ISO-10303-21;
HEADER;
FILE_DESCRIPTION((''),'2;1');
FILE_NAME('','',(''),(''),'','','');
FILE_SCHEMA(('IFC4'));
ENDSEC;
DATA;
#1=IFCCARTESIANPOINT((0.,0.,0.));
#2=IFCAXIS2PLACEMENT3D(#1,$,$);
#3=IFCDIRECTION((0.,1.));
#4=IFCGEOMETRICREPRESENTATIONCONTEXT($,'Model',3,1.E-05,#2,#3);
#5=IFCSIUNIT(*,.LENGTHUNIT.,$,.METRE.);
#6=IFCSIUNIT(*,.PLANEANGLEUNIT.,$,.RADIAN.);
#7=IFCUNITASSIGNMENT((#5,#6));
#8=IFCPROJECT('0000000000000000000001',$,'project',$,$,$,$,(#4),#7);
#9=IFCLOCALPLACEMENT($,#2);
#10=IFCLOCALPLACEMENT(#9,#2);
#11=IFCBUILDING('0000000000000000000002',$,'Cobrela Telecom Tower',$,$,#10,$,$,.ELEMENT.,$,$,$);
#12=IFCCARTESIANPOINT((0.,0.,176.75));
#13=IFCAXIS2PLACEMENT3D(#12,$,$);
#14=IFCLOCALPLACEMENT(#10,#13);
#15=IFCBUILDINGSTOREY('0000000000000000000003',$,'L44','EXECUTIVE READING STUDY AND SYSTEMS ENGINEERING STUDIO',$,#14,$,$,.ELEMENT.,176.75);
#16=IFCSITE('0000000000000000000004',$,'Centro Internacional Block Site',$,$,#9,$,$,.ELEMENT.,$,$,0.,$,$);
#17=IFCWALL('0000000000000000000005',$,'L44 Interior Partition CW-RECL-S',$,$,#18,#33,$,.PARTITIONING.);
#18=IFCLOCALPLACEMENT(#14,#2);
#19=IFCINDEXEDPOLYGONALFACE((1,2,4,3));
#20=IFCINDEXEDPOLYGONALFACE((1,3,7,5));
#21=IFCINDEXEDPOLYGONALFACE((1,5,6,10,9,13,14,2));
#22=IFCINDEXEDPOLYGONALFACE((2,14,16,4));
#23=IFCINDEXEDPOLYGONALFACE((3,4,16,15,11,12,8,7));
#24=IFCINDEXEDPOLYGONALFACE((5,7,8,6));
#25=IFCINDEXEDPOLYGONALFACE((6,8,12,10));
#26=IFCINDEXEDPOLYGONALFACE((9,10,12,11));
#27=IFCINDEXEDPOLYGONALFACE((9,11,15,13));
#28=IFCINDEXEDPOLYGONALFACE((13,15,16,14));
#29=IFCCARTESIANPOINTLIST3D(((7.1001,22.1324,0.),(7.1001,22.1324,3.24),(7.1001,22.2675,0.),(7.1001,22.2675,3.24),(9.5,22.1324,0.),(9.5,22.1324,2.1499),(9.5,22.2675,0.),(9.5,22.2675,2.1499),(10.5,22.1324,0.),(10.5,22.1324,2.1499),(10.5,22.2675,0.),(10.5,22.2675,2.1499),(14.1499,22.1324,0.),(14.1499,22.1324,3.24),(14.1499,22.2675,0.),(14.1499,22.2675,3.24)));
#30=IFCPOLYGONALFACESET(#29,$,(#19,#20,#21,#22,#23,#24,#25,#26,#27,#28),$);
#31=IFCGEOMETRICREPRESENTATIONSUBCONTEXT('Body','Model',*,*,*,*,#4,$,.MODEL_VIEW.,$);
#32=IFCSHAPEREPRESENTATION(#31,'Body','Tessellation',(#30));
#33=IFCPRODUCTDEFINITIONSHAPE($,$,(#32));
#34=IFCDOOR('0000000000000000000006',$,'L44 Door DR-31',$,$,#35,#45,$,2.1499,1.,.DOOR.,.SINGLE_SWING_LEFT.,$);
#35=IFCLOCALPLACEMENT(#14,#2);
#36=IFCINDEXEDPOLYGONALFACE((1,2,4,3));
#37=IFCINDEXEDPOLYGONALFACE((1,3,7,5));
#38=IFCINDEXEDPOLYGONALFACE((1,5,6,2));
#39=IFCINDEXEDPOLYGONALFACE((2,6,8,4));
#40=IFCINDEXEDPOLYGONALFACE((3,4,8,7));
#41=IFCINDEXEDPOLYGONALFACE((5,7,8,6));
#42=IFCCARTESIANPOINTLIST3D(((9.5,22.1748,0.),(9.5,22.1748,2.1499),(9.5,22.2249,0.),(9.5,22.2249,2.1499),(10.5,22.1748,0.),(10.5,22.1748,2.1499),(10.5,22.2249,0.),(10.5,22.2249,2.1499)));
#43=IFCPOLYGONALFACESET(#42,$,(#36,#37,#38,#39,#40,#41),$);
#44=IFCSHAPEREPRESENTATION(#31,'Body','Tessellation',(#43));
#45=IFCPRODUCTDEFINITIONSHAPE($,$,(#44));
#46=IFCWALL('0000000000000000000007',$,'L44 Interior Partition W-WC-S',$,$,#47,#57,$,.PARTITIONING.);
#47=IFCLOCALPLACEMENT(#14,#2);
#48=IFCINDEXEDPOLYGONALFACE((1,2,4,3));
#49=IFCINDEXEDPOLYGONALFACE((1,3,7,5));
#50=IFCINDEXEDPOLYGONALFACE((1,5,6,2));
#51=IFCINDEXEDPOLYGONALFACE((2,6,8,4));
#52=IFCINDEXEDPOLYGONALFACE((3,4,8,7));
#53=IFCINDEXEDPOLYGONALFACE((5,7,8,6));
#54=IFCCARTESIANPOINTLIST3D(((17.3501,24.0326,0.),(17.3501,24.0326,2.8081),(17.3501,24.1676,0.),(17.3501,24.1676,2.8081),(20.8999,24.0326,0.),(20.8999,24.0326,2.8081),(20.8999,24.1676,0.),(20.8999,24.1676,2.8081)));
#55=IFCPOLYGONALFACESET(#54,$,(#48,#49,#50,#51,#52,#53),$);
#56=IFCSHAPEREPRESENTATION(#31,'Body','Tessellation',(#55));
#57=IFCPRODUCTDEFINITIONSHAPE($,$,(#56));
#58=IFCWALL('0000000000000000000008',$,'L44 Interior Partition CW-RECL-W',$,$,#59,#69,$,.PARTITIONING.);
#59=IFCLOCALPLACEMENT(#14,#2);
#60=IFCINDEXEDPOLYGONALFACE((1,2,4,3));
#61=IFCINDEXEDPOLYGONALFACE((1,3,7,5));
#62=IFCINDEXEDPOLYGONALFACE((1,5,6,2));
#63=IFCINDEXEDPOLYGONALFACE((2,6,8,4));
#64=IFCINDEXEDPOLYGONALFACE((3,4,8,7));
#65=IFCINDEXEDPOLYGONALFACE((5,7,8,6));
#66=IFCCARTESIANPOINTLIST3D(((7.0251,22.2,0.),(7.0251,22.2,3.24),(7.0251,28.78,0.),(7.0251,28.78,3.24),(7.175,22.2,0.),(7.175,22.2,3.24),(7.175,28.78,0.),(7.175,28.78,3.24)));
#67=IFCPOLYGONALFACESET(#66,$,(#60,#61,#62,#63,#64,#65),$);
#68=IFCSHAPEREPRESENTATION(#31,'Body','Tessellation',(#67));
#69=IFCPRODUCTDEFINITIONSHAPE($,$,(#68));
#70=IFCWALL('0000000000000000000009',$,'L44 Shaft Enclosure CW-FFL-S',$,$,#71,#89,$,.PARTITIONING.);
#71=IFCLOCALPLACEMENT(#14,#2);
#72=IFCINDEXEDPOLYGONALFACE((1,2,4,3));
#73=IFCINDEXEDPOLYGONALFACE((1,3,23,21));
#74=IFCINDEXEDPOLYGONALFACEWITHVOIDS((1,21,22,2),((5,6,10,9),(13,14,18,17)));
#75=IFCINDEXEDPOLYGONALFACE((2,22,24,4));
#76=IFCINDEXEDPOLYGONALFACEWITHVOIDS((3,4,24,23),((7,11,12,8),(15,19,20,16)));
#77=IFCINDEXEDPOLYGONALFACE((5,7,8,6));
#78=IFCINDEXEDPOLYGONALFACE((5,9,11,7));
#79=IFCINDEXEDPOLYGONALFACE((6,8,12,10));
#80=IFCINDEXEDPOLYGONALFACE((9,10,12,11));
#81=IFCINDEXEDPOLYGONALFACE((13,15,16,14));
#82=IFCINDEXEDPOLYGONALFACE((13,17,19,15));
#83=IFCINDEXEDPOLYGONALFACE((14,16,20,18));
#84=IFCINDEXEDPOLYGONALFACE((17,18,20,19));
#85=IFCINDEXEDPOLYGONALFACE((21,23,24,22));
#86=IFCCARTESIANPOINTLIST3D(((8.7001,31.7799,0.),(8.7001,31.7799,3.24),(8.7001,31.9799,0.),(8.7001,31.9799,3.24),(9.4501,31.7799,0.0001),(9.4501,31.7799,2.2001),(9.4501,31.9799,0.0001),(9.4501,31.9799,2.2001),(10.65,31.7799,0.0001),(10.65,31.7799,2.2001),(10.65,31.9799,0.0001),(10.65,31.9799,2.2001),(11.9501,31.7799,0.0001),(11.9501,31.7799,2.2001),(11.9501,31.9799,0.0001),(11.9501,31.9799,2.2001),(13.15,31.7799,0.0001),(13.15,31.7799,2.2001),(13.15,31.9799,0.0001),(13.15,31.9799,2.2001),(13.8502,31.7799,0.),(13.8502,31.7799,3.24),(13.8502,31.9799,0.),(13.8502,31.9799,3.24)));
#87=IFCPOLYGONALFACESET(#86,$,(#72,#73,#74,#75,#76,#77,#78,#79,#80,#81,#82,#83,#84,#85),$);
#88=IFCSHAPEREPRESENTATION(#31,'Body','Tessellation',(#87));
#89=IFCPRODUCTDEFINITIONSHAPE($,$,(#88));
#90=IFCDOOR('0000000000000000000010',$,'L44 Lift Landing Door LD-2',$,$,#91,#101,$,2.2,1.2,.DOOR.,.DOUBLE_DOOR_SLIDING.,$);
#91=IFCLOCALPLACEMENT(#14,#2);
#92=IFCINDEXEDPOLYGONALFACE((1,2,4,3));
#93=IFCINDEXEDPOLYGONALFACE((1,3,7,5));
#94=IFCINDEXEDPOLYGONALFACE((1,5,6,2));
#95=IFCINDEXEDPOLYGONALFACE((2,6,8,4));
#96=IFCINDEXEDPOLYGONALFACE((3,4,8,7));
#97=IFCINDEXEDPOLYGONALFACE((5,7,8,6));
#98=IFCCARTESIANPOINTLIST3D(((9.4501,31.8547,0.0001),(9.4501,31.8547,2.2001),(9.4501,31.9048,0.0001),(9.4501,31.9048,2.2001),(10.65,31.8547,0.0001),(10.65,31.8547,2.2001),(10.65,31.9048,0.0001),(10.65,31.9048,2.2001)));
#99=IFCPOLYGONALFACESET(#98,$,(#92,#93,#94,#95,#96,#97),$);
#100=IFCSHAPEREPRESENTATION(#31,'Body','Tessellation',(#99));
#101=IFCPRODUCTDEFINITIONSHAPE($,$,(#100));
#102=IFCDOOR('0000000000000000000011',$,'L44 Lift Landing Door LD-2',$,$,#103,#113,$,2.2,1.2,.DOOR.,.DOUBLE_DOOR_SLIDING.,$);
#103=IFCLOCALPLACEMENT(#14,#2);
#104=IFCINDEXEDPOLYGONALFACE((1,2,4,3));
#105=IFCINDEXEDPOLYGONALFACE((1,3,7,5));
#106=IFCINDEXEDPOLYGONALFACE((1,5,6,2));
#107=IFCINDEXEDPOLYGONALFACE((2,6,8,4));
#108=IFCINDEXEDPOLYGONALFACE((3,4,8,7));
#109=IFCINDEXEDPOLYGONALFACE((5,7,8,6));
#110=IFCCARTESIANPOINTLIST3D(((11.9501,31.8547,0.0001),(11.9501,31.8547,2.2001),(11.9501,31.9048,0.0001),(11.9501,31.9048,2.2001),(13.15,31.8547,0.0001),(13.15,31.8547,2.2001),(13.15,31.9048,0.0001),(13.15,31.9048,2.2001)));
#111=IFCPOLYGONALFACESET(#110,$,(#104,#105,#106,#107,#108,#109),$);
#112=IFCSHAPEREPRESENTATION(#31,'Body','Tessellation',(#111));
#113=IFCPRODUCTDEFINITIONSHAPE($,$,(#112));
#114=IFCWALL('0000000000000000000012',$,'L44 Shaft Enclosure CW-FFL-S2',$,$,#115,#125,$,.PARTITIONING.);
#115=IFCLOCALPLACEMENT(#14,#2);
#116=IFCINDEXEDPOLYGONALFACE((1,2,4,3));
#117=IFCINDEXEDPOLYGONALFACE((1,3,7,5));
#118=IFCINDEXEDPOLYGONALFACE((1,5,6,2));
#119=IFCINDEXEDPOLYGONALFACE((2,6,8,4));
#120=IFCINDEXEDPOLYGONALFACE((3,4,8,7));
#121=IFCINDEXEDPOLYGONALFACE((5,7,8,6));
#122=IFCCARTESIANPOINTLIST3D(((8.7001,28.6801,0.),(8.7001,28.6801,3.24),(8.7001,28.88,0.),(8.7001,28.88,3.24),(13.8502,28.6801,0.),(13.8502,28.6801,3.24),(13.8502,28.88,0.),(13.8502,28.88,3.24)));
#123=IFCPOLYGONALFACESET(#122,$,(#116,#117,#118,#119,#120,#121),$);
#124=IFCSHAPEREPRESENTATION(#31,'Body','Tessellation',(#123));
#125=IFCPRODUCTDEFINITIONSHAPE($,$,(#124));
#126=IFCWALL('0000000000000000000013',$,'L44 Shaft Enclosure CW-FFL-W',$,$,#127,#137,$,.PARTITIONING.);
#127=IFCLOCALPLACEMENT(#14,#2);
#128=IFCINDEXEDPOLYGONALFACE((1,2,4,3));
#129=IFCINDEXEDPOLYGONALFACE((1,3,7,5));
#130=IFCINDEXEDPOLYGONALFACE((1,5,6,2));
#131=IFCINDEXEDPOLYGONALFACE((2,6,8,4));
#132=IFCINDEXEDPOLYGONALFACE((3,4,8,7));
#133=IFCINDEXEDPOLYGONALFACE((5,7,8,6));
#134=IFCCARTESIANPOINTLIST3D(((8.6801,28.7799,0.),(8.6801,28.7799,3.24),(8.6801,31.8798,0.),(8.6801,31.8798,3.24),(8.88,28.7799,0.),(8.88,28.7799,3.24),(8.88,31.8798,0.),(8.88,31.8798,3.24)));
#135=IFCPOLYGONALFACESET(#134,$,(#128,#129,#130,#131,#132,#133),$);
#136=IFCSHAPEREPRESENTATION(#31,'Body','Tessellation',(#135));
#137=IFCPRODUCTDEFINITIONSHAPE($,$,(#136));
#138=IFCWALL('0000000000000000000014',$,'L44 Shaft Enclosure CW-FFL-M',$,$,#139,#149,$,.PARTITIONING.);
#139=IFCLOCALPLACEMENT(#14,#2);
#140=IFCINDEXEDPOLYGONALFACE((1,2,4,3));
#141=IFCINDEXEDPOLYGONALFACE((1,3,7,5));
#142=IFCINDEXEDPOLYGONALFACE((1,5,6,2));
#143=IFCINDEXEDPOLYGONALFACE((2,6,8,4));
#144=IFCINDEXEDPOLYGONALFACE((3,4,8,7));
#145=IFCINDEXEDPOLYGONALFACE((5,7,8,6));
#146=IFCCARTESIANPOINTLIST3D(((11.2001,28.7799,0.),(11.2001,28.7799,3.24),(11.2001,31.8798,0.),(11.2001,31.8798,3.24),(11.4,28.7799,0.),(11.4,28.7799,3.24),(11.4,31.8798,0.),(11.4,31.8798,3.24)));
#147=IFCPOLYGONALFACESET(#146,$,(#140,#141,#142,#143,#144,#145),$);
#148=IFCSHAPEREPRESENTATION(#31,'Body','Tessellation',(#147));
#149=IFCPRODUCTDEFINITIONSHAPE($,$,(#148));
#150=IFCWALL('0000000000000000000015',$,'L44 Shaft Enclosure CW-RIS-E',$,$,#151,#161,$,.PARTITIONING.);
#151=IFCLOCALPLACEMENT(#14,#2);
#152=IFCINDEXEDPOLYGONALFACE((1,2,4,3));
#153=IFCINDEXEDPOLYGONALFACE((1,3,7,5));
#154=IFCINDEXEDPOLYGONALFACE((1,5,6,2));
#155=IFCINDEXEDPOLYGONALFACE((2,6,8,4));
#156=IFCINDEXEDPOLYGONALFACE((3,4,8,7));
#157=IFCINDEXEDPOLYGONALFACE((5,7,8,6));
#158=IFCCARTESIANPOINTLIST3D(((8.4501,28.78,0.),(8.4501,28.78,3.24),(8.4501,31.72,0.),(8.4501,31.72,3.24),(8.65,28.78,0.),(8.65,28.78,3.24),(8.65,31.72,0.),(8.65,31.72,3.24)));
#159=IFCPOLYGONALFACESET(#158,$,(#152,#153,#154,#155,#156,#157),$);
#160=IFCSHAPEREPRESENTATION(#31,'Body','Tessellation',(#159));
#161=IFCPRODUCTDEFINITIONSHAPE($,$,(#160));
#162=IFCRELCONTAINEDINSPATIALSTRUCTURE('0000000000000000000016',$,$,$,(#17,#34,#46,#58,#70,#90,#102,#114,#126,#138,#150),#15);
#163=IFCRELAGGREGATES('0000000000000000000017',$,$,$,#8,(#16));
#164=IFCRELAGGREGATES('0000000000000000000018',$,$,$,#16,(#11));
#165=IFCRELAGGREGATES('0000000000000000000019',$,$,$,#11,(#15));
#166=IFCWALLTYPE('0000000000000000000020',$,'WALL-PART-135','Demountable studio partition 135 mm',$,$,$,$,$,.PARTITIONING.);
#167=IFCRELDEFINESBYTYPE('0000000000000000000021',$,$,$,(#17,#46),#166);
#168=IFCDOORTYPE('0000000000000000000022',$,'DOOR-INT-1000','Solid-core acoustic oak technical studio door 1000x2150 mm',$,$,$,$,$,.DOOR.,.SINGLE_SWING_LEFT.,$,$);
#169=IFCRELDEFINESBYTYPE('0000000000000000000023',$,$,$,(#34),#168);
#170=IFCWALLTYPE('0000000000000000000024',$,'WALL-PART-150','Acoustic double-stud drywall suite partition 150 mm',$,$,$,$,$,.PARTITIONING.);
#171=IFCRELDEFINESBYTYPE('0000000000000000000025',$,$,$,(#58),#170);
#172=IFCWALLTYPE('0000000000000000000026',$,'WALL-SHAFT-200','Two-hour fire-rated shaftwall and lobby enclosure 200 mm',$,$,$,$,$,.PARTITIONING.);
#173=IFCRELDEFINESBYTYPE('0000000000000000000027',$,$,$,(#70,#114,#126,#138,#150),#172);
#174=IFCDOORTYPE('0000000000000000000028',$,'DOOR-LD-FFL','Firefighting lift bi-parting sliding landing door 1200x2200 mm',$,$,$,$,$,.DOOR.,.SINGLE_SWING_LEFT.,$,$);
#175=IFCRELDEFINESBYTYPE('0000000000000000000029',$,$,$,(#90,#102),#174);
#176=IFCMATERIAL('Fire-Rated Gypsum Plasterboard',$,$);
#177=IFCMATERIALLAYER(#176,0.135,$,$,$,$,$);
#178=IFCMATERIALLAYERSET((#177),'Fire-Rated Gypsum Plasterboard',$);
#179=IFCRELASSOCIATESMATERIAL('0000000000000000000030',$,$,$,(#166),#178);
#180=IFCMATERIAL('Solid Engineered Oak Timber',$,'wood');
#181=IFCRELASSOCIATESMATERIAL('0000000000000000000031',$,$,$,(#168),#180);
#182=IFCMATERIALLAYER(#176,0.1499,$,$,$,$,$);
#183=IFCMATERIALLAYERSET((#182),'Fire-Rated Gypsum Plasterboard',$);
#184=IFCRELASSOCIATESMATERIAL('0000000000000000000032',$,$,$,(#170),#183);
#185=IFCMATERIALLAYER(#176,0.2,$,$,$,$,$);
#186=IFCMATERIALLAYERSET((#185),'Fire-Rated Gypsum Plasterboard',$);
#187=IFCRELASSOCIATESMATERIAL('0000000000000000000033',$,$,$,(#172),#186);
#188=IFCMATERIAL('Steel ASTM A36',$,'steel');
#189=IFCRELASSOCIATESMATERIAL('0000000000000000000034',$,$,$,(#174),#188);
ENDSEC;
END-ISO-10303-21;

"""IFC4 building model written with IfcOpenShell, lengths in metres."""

from ifc_helpers import new_model, si_unit, direction, frame, frame_2d, origin, place, context, subcontext, project, spatial, rectangle, extrude, material, layer, layer_set, type_object, element, fill, save


model = new_model("IFC4")

# Units and contexts
model_context = context("Model", 3, precision=1e-05, world=origin(), true_north=direction((0.0, 1.0)))
body_context = subcontext(model_context, "Body", "Model", "MODEL_VIEW")
ifc_project = project(units=[si_unit("LENGTHUNIT", "METRE"), si_unit("PLANEANGLEUNIT", "RADIAN")], contexts=[model_context])

# Site, building, storey
site_placement = place(None, origin())
site = spatial("IfcSite", under=ifc_project, at=site_placement, Name="Centro Internacional Block Site", CompositionType="ELEMENT", RefElevation=0.0)
building_placement = place(site_placement, origin())
building = spatial("IfcBuilding", under=site, at=building_placement, Name="Cobrela Telecom Tower", CompositionType="ELEMENT")
storey_placement = place(building_placement, frame((0.0, 0.0, 176.75)))
storey = spatial("IfcBuildingStorey", under=building, at=storey_placement, Name="L44", Description="EXECUTIVE READING STUDY AND SYSTEMS ENGINEERING STUDIO", CompositionType="ELEMENT", Elevation=176.75)

# Shared definitions
ifc_material_1 = material(Name="Steel ASTM A36", Category="steel")

# Wall, opening, door
ifc_material_2 = material(Name="Fire-Rated Gypsum Plasterboard")
ifc_layer_1 = layer(ifc_material_2, 0.135)
ifc_layer_set_1 = layer_set([ifc_layer_1], Name="Fire-Rated Gypsum Plasterboard")
wall_type_1 = type_object("IfcWallType", Name="WALL-PART-135", Description="Demountable studio partition 135 mm", PredefinedType="PARTITIONING", material=ifc_layer_set_1)
wall_1_placement = place(storey_placement, frame((7.1001, 22.2, 0.0), z_axis=(0.0, 0.0, 1.0), x_axis=(1.0, 0.0, 0.0)))
wall_1 = element("IfcWall", 1, at=wall_1_placement, inside=storey, type_object=wall_type_1, Name="L44 Interior Partition CW-RECL-S", PredefinedType="PARTITIONING", context=body_context, shape_type="SweptSolid", body=[
    extrude(rectangle(XDim=7.0498, YDim=0.135, at=frame_2d((3.5249, 0.0))), origin(), (0.0, 0.0, 1.0), 3.24),
])
opening_1_placement = place(wall_1_placement, frame((2.3999, 0.0, 0.0)))
opening_1 = element("IfcOpeningElement", 2, at=opening_1_placement, cuts=wall_1, PredefinedType="OPENING", context=body_context, shape_type="SweptSolid", body=[
    extrude(rectangle(XDim=1.0, YDim=2.1499, at=frame_2d((0.5, 1.075))), frame((0.0, 0.0796, 0.0), z_axis=(0.0, -1.0, 0.0), x_axis=(1.0, 0.0, 0.0)), (0.0, 0.0, 1.0), 0.1589),
])
ifc_material_3 = material(Name="Solid Engineered Oak Timber", Category="wood")
door_type_1 = type_object("IfcDoorType", Name="DOOR-INT-1000", Description="Solid-core acoustic oak technical studio door 1000x2150 mm", OperationType="SINGLE_SWING_LEFT", PredefinedType="DOOR", material=ifc_material_3)
door_1_placement = place(opening_1_placement, origin())
door_1 = element("IfcDoor", 3, at=door_1_placement, inside=storey, type_object=door_type_1, Name="L44 Door DR-31", OperationType="SINGLE_SWING_LEFT", OverallHeight=2.1499, OverallWidth=1.0, PredefinedType="DOOR", context=body_context, shape_type="SweptSolid", body=[
    extrude(rectangle(XDim=1.0, YDim=2.1499, at=frame_2d((0.5, 1.075))), frame((0.0, 0.0249, 0.0), z_axis=(0.0, -1.0, 0.0), x_axis=(1.0, 0.0, 0.0)), (0.0, 0.0, 1.0), 0.05),
])
fill(opening_1, door_1)

# Walls
wall_2_placement = place(storey_placement, frame((17.3501, 24.1001, 0.0), z_axis=(0.0, 0.0, 1.0), x_axis=(1.0, 0.0, 0.0)))
element("IfcWall", 4, at=wall_2_placement, inside=storey, type_object=wall_type_1, Name="L44 Interior Partition W-WC-S", PredefinedType="PARTITIONING", context=body_context, shape_type="SweptSolid", body=[
    extrude(rectangle(XDim=3.5498, YDim=0.135, at=frame_2d((1.7749, 0.0))), origin(), (0.0, 0.0, 1.0), 2.8081),
])
ifc_layer_2 = layer(ifc_material_2, 0.1499)
ifc_layer_set_2 = layer_set([ifc_layer_2], Name="Fire-Rated Gypsum Plasterboard")
wall_type_2 = type_object("IfcWallType", Name="WALL-PART-150", Description="Acoustic double-stud drywall suite partition 150 mm", PredefinedType="PARTITIONING", material=ifc_layer_set_2)
wall_3_placement = place(storey_placement, frame((7.1001, 22.2, 0.0), z_axis=(0.0, 0.0, 1.0), x_axis=(0.0, 1.0, 0.0)))
element("IfcWall", 5, at=wall_3_placement, inside=storey, type_object=wall_type_2, Name="L44 Interior Partition CW-RECL-W", PredefinedType="PARTITIONING", context=body_context, shape_type="SweptSolid", body=[
    extrude(rectangle(XDim=6.5801, YDim=0.1499, at=frame_2d((3.29, 0.0))), origin(), (0.0, 0.0, 1.0), 3.24),
])

# Wall, openings, doors
ifc_layer_3 = layer(ifc_material_2, 0.2)
ifc_layer_set_3 = layer_set([ifc_layer_3], Name="Fire-Rated Gypsum Plasterboard")
wall_type_3 = type_object("IfcWallType", Name="WALL-SHAFT-200", Description="Two-hour fire-rated shaftwall and lobby enclosure 200 mm", PredefinedType="PARTITIONING", material=ifc_layer_set_3)
wall_4_placement = place(storey_placement, frame((8.7, 31.8799, 0.0), z_axis=(0.0, 0.0, 1.0), x_axis=(1.0, 0.0, 0.0)))
wall_4 = element("IfcWall", 6, at=wall_4_placement, inside=storey, type_object=wall_type_3, Name="L44 Shaft Enclosure CW-FFL-S", PredefinedType="PARTITIONING", context=body_context, shape_type="SweptSolid", body=[
    extrude(rectangle(XDim=5.1501, YDim=0.2, at=frame_2d((2.5752, 0.0))), origin(), (0.0, 0.0, 1.0), 3.24),
])
opening_2_placement = place(wall_4_placement, frame((0.75, 0.0, 0.0)))
opening_2 = element("IfcOpeningElement", 7, at=opening_2_placement, cuts=wall_4, PredefinedType="OPENING", context=body_context, shape_type="SweptSolid", body=[
    extrude(rectangle(XDim=1.2, YDim=2.2, at=frame_2d((0.6001, 1.1001))), frame((0.0, 0.1118, 0.0), z_axis=(0.0, -1.0, 0.0), x_axis=(1.0, 0.0, 0.0)), (0.0, 0.0, 1.0), 0.2239),
])
opening_3_placement = place(wall_4_placement, frame((3.25, 0.0, 0.0)))
opening_3 = element("IfcOpeningElement", 8, at=opening_3_placement, cuts=wall_4, PredefinedType="OPENING", context=body_context, shape_type="SweptSolid", body=[
    extrude(rectangle(XDim=1.2, YDim=2.2, at=frame_2d((0.6001, 1.1001))), frame((0.0, 0.1118, 0.0), z_axis=(0.0, -1.0, 0.0), x_axis=(1.0, 0.0, 0.0)), (0.0, 0.0, 1.0), 0.2239),
])
door_type_2 = type_object("IfcDoorType", Name="DOOR-LD-FFL", Description="Firefighting lift bi-parting sliding landing door 1200x2200 mm", OperationType="SINGLE_SWING_LEFT", PredefinedType="DOOR", material=ifc_material_1)
door_2_placement = place(opening_2_placement, origin())
door_2 = element("IfcDoor", 9, at=door_2_placement, inside=storey, type_object=door_type_2, Name="L44 Lift Landing Door LD-2", OperationType="DOUBLE_DOOR_SLIDING", OverallHeight=2.2, OverallWidth=1.2, PredefinedType="DOOR", context=body_context, shape_type="SweptSolid", body=[
    extrude(rectangle(XDim=1.2, YDim=2.2, at=frame_2d((0.6001, 1.1001))), frame((0.0, 0.0249, 0.0), z_axis=(0.0, -1.0, 0.0), x_axis=(1.0, 0.0, 0.0)), (0.0, 0.0, 1.0), 0.05),
])
fill(opening_2, door_2)
door_3_placement = place(opening_3_placement, origin())
door_3 = element("IfcDoor", 10, at=door_3_placement, inside=storey, type_object=door_type_2, Name="L44 Lift Landing Door LD-2", OperationType="DOUBLE_DOOR_SLIDING", OverallHeight=2.2, OverallWidth=1.2, PredefinedType="DOOR", context=body_context, shape_type="SweptSolid", body=[
    extrude(rectangle(XDim=1.2, YDim=2.2, at=frame_2d((0.6001, 1.1001))), frame((0.0, 0.0249, 0.0), z_axis=(0.0, -1.0, 0.0), x_axis=(1.0, 0.0, 0.0)), (0.0, 0.0, 1.0), 0.05),
])
fill(opening_3, door_3)

# Walls
wall_5_placement = place(storey_placement, frame((8.7, 28.78, 0.0), z_axis=(0.0, 0.0, 1.0), x_axis=(1.0, 0.0, 0.0)))
element("IfcWall", 11, at=wall_5_placement, inside=storey, type_object=wall_type_3, Name="L44 Shaft Enclosure CW-FFL-S2", PredefinedType="PARTITIONING", context=body_context, shape_type="SweptSolid", body=[
    extrude(rectangle(XDim=5.1501, YDim=0.2, at=frame_2d((2.5752, 0.0))), origin(), (0.0, 0.0, 1.0), 3.24),
])
for number, where, z_axis, x_axis, name in (
    (12, (8.78, 28.78, 0.0), (0.0, 0.0, 1.0), (0.0, 1.0, 0.0), "L44 Shaft Enclosure CW-FFL-W"),
    (13, (11.3, 28.78, 0.0), (0.0, 0.0, 1.0), (0.0, 1.0, 0.0), "L44 Shaft Enclosure CW-FFL-M"),
):
    element("IfcWall", number, at=place(storey_placement, frame(where, z_axis=z_axis, x_axis=x_axis)), inside=storey, type_object=wall_type_3, Name=name, PredefinedType="PARTITIONING", context=body_context, shape_type="SweptSolid", body=[
        extrude(rectangle(XDim=3.0999, YDim=0.2, at=frame_2d((1.5498, 0.0))), origin(), (0.0, 0.0, 1.0), 3.24),
    ])
wall_6_placement = place(storey_placement, frame((8.55, 28.78, 0.0), z_axis=(0.0, 0.0, 1.0), x_axis=(0.0, 1.0, 0.0)))
element("IfcWall", 14, at=wall_6_placement, inside=storey, type_object=wall_type_3, Name="L44 Shaft Enclosure CW-RIS-E", PredefinedType="PARTITIONING", context=body_context, shape_type="SweptSolid", body=[
    extrude(rectangle(XDim=2.9399, YDim=0.2, at=frame_2d((1.47, 0.0))), origin(), (0.0, 0.0, 1.0), 3.24),
])

save(model, "model.ifc")
